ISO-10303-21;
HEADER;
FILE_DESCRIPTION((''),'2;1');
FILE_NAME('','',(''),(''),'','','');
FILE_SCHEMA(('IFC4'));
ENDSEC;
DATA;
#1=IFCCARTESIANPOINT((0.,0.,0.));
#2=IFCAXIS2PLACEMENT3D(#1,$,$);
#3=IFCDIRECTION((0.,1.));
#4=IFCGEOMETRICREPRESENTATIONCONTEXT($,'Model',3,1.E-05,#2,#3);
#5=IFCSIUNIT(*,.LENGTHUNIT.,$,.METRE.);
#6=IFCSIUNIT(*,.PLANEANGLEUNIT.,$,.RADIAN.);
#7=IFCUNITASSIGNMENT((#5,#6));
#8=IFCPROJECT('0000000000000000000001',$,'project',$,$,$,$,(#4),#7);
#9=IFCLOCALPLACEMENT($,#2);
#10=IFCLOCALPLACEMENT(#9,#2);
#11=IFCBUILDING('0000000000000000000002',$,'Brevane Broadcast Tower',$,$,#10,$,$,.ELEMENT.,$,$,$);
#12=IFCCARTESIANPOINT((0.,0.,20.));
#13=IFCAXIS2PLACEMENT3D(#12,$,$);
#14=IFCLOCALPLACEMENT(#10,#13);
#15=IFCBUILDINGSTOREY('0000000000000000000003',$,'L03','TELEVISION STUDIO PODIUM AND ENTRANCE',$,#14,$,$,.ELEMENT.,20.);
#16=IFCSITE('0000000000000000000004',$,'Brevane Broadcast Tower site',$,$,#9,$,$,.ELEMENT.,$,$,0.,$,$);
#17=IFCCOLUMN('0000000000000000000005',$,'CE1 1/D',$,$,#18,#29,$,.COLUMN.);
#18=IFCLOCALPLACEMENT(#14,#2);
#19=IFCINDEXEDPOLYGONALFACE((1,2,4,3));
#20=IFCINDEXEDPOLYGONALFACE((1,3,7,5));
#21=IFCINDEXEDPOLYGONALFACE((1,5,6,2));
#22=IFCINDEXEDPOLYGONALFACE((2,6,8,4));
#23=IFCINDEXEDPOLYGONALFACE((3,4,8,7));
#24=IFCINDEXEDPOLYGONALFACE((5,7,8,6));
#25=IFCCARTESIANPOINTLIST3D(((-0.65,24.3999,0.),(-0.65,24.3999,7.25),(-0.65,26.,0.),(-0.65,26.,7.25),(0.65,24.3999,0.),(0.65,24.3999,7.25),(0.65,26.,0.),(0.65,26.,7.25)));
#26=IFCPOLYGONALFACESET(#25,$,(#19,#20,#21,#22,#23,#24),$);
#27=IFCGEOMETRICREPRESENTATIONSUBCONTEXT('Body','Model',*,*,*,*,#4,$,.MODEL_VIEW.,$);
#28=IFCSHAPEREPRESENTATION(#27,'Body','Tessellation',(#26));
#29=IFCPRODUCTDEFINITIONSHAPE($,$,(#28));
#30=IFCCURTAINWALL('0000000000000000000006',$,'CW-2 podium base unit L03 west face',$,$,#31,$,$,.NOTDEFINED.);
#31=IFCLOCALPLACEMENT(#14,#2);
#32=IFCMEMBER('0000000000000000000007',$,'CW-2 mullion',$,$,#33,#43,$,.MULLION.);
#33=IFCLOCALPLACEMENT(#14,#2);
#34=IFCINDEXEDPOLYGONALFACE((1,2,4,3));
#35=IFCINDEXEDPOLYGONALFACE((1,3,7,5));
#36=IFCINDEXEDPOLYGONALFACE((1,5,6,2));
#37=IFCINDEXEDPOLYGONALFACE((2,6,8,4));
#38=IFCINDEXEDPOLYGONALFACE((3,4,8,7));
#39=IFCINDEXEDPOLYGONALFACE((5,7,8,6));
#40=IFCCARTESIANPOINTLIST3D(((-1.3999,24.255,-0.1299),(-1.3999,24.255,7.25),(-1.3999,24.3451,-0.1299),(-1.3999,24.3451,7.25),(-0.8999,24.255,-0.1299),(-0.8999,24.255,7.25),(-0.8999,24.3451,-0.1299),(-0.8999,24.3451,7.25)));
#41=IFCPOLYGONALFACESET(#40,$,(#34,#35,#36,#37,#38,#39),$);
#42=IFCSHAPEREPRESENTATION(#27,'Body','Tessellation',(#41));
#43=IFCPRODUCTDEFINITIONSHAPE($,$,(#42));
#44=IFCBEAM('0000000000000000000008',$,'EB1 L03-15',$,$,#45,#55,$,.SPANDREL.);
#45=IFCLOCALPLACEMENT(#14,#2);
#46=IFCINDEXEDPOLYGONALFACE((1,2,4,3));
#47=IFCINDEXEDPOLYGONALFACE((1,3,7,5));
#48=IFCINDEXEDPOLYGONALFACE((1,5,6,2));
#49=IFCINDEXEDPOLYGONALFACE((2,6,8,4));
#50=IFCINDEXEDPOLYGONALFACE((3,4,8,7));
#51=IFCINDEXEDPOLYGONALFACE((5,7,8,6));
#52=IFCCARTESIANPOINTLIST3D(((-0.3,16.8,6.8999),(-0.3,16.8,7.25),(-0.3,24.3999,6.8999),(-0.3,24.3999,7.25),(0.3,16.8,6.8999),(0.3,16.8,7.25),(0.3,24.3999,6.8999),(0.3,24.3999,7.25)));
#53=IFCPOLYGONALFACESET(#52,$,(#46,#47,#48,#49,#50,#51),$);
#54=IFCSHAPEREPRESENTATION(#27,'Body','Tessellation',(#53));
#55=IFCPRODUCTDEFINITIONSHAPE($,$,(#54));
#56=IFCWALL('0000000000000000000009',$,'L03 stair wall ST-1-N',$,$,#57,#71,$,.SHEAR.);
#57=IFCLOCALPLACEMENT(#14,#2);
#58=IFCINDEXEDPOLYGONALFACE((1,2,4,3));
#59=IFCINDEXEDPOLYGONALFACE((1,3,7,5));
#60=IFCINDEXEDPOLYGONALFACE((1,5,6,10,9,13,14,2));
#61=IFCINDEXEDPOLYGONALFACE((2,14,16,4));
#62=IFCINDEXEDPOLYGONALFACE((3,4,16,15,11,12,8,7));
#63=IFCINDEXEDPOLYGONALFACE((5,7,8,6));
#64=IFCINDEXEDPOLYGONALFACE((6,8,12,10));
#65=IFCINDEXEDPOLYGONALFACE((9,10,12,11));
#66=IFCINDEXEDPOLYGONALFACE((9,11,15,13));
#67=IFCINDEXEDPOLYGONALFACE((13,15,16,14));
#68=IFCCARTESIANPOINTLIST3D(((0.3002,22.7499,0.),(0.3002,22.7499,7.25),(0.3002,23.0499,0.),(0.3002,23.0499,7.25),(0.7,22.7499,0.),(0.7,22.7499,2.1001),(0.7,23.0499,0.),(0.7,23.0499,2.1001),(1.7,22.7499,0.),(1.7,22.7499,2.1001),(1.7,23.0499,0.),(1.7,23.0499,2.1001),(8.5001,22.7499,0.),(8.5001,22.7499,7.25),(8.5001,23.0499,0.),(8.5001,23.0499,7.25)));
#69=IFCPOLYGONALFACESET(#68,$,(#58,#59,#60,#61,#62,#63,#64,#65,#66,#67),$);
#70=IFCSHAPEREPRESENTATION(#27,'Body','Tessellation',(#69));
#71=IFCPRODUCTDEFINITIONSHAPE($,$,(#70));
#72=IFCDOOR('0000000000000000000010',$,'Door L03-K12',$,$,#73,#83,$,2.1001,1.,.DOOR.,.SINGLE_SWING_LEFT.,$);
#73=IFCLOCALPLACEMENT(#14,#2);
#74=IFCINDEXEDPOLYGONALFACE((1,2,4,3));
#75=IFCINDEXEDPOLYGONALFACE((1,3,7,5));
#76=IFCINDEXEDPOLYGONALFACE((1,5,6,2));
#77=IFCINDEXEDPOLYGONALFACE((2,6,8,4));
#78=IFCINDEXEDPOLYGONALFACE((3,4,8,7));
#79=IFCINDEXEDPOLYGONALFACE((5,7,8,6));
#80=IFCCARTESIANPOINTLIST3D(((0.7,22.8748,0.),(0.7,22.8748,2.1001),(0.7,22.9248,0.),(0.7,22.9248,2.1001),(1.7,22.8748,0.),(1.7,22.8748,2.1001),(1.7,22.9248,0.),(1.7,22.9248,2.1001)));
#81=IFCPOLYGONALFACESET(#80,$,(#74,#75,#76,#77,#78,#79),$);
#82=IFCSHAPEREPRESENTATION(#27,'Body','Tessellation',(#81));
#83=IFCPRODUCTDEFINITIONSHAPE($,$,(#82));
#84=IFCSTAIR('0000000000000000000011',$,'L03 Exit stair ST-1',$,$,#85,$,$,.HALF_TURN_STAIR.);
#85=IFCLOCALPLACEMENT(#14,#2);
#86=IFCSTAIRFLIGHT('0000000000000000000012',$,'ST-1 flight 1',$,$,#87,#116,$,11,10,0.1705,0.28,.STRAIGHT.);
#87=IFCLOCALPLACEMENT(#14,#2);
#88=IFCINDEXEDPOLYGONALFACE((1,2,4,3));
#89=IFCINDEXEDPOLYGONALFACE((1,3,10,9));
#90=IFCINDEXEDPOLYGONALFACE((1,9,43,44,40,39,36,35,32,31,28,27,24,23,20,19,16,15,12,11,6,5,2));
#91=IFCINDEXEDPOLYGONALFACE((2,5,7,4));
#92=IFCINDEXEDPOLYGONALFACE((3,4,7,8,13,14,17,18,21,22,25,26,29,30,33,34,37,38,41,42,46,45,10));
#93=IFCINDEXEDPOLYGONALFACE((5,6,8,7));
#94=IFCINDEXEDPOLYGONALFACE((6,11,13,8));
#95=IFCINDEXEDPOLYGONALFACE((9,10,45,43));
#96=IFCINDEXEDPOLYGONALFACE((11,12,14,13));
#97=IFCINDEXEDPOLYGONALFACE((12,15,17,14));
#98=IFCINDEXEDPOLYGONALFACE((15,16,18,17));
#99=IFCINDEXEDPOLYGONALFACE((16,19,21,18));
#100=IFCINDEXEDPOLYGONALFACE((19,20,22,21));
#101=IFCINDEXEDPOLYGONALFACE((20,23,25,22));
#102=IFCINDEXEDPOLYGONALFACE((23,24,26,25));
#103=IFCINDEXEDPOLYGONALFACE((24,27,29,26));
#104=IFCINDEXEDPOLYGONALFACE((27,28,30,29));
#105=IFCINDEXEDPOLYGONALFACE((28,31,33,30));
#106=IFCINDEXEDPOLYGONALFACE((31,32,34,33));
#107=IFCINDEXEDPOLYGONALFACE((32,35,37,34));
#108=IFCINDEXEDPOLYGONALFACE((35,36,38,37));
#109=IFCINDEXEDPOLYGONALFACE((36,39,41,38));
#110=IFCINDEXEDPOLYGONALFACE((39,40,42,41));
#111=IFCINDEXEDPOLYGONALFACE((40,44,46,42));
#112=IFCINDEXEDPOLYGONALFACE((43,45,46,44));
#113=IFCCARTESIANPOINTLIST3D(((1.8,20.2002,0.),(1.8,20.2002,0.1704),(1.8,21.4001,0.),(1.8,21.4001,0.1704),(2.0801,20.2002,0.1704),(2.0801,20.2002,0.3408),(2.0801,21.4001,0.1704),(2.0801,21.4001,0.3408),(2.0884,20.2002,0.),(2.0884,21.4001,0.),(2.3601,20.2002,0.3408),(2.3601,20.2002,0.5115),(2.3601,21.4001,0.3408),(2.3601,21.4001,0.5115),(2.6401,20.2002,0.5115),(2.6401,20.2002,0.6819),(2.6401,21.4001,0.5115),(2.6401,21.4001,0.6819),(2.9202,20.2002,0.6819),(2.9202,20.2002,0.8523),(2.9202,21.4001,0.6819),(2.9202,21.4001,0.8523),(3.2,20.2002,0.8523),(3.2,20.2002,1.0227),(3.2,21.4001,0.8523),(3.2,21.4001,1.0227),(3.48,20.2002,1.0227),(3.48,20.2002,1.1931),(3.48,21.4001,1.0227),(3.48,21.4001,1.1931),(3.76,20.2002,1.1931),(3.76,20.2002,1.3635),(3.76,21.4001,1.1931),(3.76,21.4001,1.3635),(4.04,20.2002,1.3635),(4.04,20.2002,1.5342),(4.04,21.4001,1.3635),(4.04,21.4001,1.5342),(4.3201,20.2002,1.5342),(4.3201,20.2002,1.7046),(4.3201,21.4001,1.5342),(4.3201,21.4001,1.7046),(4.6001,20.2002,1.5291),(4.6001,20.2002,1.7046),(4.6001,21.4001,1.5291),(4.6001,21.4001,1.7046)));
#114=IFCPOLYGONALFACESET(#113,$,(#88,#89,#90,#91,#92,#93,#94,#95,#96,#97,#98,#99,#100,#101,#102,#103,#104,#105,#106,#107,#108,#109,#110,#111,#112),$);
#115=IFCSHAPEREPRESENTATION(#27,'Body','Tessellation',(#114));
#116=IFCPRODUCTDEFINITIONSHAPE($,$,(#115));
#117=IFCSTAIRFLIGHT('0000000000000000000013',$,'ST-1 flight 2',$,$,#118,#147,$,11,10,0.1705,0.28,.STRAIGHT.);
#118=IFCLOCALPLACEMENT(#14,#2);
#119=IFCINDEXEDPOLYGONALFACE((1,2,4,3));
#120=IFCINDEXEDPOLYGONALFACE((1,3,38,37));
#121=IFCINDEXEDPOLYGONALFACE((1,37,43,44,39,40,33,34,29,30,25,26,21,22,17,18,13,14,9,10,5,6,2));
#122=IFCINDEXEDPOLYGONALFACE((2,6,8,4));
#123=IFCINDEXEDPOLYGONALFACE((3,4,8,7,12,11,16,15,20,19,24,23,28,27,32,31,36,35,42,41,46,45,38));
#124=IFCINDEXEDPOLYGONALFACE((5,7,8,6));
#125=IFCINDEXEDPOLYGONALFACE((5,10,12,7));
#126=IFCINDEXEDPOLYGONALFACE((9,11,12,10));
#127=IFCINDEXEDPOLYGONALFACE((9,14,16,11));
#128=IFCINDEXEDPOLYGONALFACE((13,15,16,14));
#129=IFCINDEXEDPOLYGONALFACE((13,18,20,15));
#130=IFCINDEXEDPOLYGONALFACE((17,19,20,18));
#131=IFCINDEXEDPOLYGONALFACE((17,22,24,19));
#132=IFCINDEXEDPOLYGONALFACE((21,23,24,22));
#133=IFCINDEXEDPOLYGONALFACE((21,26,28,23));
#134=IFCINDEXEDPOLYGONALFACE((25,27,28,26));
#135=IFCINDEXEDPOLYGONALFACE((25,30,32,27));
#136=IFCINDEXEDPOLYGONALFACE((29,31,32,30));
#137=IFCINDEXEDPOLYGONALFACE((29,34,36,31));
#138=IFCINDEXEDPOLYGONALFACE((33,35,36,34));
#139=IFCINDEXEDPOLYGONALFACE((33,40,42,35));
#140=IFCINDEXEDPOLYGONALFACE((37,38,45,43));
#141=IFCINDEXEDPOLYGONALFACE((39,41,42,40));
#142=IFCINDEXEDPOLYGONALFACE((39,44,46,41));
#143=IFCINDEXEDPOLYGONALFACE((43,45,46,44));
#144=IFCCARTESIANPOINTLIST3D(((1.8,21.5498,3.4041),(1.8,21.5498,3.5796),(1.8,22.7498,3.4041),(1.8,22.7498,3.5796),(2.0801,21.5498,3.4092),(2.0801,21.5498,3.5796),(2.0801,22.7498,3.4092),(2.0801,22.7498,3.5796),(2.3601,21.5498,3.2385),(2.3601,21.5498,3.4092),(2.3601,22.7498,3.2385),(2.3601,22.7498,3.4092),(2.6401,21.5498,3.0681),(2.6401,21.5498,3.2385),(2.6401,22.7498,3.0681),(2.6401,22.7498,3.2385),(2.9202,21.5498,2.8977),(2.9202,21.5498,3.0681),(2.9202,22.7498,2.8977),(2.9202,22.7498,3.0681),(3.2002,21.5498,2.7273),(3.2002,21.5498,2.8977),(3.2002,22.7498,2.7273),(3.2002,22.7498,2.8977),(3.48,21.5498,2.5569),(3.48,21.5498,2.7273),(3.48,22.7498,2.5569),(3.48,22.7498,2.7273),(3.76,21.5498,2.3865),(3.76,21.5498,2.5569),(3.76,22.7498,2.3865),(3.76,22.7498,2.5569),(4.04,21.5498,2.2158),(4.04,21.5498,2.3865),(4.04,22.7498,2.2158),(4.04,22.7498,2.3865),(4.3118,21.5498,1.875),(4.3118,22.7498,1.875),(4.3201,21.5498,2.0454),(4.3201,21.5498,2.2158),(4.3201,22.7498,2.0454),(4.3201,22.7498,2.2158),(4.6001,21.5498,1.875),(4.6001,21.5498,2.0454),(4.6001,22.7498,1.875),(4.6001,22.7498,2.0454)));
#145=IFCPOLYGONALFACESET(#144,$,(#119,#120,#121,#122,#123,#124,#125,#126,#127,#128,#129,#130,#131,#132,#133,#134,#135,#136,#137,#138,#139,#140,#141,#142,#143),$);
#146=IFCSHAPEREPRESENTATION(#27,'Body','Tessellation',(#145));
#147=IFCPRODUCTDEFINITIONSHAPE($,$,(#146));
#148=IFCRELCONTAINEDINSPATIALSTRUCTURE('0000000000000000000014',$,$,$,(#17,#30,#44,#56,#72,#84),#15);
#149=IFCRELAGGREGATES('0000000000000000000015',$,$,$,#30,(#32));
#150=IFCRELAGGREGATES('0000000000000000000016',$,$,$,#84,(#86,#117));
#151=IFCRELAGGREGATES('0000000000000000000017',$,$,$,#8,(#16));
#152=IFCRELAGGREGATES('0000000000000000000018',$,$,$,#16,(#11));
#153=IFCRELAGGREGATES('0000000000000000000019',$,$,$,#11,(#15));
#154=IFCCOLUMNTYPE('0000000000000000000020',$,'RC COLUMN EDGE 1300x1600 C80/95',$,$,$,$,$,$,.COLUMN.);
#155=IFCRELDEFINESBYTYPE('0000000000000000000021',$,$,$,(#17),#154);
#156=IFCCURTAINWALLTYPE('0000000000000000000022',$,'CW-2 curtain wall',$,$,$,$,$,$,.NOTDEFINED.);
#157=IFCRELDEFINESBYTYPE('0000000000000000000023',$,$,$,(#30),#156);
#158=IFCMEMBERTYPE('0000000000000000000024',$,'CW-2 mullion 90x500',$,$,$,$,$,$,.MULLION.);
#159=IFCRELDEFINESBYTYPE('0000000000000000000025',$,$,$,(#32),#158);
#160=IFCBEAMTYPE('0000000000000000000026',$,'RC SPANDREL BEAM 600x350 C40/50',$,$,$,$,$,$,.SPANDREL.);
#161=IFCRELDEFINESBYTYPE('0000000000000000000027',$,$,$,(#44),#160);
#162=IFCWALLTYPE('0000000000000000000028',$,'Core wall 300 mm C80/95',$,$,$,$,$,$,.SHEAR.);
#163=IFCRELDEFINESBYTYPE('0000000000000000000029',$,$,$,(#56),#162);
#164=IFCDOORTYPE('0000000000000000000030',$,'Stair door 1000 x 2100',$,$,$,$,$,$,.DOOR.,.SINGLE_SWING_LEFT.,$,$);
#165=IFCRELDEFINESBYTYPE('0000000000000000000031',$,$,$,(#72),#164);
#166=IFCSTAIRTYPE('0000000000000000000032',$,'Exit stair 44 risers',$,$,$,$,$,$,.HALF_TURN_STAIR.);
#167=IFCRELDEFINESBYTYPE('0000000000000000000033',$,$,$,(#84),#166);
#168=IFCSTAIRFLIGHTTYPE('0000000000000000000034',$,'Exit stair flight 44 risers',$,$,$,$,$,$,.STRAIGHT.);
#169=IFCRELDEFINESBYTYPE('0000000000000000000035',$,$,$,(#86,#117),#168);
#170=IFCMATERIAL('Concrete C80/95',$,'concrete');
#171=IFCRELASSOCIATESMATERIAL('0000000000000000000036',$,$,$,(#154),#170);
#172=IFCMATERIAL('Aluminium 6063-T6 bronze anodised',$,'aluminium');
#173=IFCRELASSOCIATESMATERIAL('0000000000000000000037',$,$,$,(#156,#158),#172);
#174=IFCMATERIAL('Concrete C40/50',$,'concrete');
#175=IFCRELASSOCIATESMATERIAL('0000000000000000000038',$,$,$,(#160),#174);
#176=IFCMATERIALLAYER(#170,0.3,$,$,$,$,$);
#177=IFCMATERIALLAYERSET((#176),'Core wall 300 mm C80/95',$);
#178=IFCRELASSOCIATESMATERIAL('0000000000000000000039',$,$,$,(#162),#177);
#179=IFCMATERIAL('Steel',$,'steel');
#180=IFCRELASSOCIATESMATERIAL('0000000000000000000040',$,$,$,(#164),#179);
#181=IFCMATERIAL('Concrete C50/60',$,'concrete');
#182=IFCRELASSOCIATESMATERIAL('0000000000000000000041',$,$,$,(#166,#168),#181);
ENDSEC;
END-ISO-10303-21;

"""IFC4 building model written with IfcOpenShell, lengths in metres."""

from ifc_helpers import new_model, si_unit, direction, frame, frame_2d, origin, origin_2d, place, context, subcontext, project, spatial, polyline, rectangle, outline, extrude, material, layer, layer_set, material_profile, profile_set, type_object, element, fill, aggregate, save


model = new_model("IFC4")

# Units and contexts
model_context = context("Model", 3, precision=1e-05, world=origin(), true_north=direction((0.0, 1.0)))
body_context = subcontext(model_context, "Body", "Model", "MODEL_VIEW")
ifc_project = project(units=[si_unit("LENGTHUNIT", "METRE"), si_unit("PLANEANGLEUNIT", "RADIAN")], contexts=[model_context])

# Site, building, storey
site_placement = place(None, origin())
site = spatial("IfcSite", under=ifc_project, at=site_placement, Name="Brevane Broadcast Tower site", CompositionType="ELEMENT", RefElevation=0.0)
building_placement = place(site_placement, origin())
building = spatial("IfcBuilding", under=site, at=building_placement, Name="Brevane Broadcast Tower", CompositionType="ELEMENT")
storey_placement = place(building_placement, frame((0.0, 0.0, 20.0)))
storey = spatial("IfcBuildingStorey", under=building, at=storey_placement, Name="L03", Description="TELEVISION STUDIO PODIUM AND ENTRANCE", CompositionType="ELEMENT", Elevation=20.0)

# Column
ifc_material_1 = material(Name="Concrete C80/95", Category="concrete")
ifc_material_profile_1 = material_profile(ifc_material_1, rectangle(XDim=1.3, YDim=1.6001, at=origin_2d()), Name="RC 1300x1600")
ifc_profile_set_1 = profile_set([ifc_material_profile_1], Name="Concrete C80/95")
column_type = type_object("IfcColumnType", Name="RC COLUMN EDGE 1300x1600 C80/95", PredefinedType="COLUMN", material=ifc_profile_set_1)
column_placement = place(storey_placement, frame((0.0, 25.2, 0.0), z_axis=(0.0, 0.0, 1.0), x_axis=(1.0, 0.0, 0.0)))
element("IfcColumn", 1, at=column_placement, inside=storey, type_object=column_type, Name="CE1 1/D", PredefinedType="COLUMN", context=body_context, shape_type="SweptSolid", body=[
    extrude(rectangle(XDim=1.3, YDim=1.6001, at=origin_2d()), origin(), (0.0, 0.0, 1.0), 7.25),
])

# Curtain wall, member
ifc_material_2 = material(Name="Aluminium 6063-T6 bronze anodised", Category="aluminium")
curtain_wall_type = type_object("IfcCurtainWallType", Name="CW-2 curtain wall", PredefinedType="NOTDEFINED", material=ifc_material_2)
curtain_wall_placement = place(storey_placement, origin())
curtain_wall = element("IfcCurtainWall", 2, at=curtain_wall_placement, inside=storey, type_object=curtain_wall_type, Name="CW-2 podium base unit L03 west face", PredefinedType="NOTDEFINED")
ifc_material_profile_2 = material_profile(ifc_material_2, rectangle(XDim=0.5, YDim=0.0901, at=origin_2d()), Name="RECT 90x500")
ifc_profile_set_2 = profile_set([ifc_material_profile_2], Name="Aluminium 6063-T6 bronze anodised")
member_type = type_object("IfcMemberType", Name="CW-2 mullion 90x500", PredefinedType="MULLION", material=ifc_profile_set_2)
member_placement = place(storey_placement, frame((-1.1499, 24.3, -0.1299), z_axis=(0.0, 0.0, 1.0), x_axis=(1.0, 0.0, 0.0)))
member = element("IfcMember", 3, at=member_placement, type_object=member_type, Name="CW-2 mullion", PredefinedType="MULLION", context=body_context, shape_type="SweptSolid", body=[
    extrude(rectangle(XDim=0.5, YDim=0.0901, at=origin_2d()), origin(), (0.0, 0.0, 1.0), 7.3799),
])
aggregate(curtain_wall, [member])

# Beam
ifc_material_3 = material(Name="Concrete C40/50", Category="concrete")
ifc_material_profile_3 = material_profile(ifc_material_3, rectangle(XDim=0.6001, YDim=0.3501, at=origin_2d()), Name="RC 600x350")
ifc_profile_set_3 = profile_set([ifc_material_profile_3], Name="Concrete C40/50")
beam_type = type_object("IfcBeamType", Name="RC SPANDREL BEAM 600x350 C40/50", PredefinedType="SPANDREL", material=ifc_profile_set_3)
beam_placement = place(storey_placement, frame((0.0, 24.3999, 7.075), z_axis=(0.0, -1.0, 0.0), x_axis=(1.0, 0.0, 0.0)))
element("IfcBeam", 4, at=beam_placement, inside=storey, type_object=beam_type, Name="EB1 L03-15", PredefinedType="SPANDREL", context=body_context, shape_type="SweptSolid", body=[
    extrude(rectangle(XDim=0.6001, YDim=0.3501, at=origin_2d()), origin(), (0.0, 0.0, 1.0), 7.5999),
])

# Wall, opening, door
ifc_layer = layer(ifc_material_1, 0.3)
ifc_layer_set = layer_set([ifc_layer], Name="Core wall 300 mm C80/95")
wall_type = type_object("IfcWallType", Name="Core wall 300 mm C80/95", PredefinedType="SHEAR", material=ifc_layer_set)
wall_placement = place(storey_placement, frame((0.3, 22.8999, 0.0), z_axis=(0.0, 0.0, 1.0), x_axis=(1.0, 0.0, 0.0)))
wall = element("IfcWall", 5, at=wall_placement, inside=storey, type_object=wall_type, Name="L03 stair wall ST-1-N", PredefinedType="SHEAR", context=body_context, shape_type="SweptSolid", body=[
    extrude(rectangle(XDim=8.2, YDim=0.3, at=frame_2d((4.1001, 0.0))), origin(), (0.0, 0.0, 1.0), 7.25),
])
opening_placement = place(wall_placement, frame((0.3999, 0.0, 0.0)))
opening = element("IfcOpeningElement", 6, at=opening_placement, cuts=wall, PredefinedType="OPENING", context=body_context, shape_type="SweptSolid", body=[
    extrude(rectangle(XDim=1.0, YDim=2.1001, at=frame_2d((0.5, 1.05))), frame((0.0, 0.1599, 0.0), z_axis=(0.0, -1.0, 0.0), x_axis=(1.0, 0.0, 0.0)), (0.0, 0.0, 1.0), 0.3201),
])
ifc_material_4 = material(Name="Steel", Category="steel")
door_type = type_object("IfcDoorType", Name="Stair door 1000 x 2100", OperationType="SINGLE_SWING_LEFT", PredefinedType="DOOR", material=ifc_material_4)
door_placement = place(opening_placement, origin())
door = element("IfcDoor", 7, at=door_placement, inside=storey, type_object=door_type, Name="Door L03-K12", OperationType="SINGLE_SWING_LEFT", OverallHeight=2.1001, OverallWidth=1.0, PredefinedType="DOOR", context=body_context, shape_type="SweptSolid", body=[
    extrude(rectangle(XDim=1.0, YDim=2.1001, at=frame_2d((0.5, 1.05))), frame((0.0, 0.0249, 0.0), z_axis=(0.0, -1.0, 0.0), x_axis=(1.0, 0.0, 0.0)), (0.0, 0.0, 1.0), 0.05),
])
fill(opening, door)

# Stair, stair flights
ifc_material_5 = material(Name="Concrete C50/60", Category="concrete")
stair_type = type_object("IfcStairType", Name="Exit stair 44 risers", PredefinedType="HALF_TURN_STAIR", material=ifc_material_5)
stair_placement = place(storey_placement, origin())
stair = element("IfcStair", 8, at=stair_placement, inside=storey, type_object=stair_type, Name="L03 Exit stair ST-1", PredefinedType="HALF_TURN_STAIR")
stair_flight_type = type_object("IfcStairFlightType", Name="Exit stair flight 44 risers", PredefinedType="STRAIGHT", material=ifc_material_5)
stair_flight_1_placement = place(storey_placement, frame((1.8, 20.8, 0.0), z_axis=(0.0, 0.0, 1.0), x_axis=(1.0, 0.0, 0.0)))
stair_flight_1 = element("IfcStairFlight", 9, at=stair_flight_1_placement, type_object=stair_flight_type, Name="ST-1 flight 1", NumberOfRisers=11, NumberOfTreads=10, PredefinedType="STRAIGHT", RiserHeight=0.1705, TreadLength=0.28, context=body_context, shape_type="SweptSolid", body=[
    extrude(outline(polyline([(0.0, 0.0), (0.0, 0.1704), (0.28, 0.1704), (0.28, 0.3408), (0.5601, 0.3408), (0.5601, 0.5115), (0.8401, 0.5115), (0.8401, 0.6819), (1.1201, 0.6819), (1.1201, 0.8523), (1.3999, 0.8523), (1.3999, 1.0227), (1.6799, 1.0227), (1.6799, 1.1931), (1.96, 1.1931), (1.96, 1.3635), (2.24, 1.3635), (2.24, 1.5342), (2.52, 1.5342), (2.52, 1.7046), (2.8, 1.7046), (2.8, 1.875), (2.8, 1.5291), (0.2883, 0.0), (0.0, 0.0)])), frame((0.0, 0.6001, 0.0), z_axis=(0.0, -1.0, 0.0), x_axis=(1.0, 0.0, 0.0)), (0.0, 0.0, 1.0), 1.2),
])
stair_flight_2_placement = place(storey_placement, frame((4.6001, 22.1499, 1.875), z_axis=(0.0, 0.0, 1.0), x_axis=(-1.0, 0.0, 0.0)))
stair_flight_2 = element("IfcStairFlight", 10, at=stair_flight_2_placement, type_object=stair_flight_type, Name="ST-1 flight 2", NumberOfRisers=11, NumberOfTreads=10, PredefinedType="STRAIGHT", RiserHeight=0.1705, TreadLength=0.28, context=body_context, shape_type="SweptSolid", body=[
    extrude(outline(polyline([(0.0, 0.0), (0.0, 0.1704), (0.28, 0.1704), (0.28, 0.3408), (0.5601, 0.3408), (0.5601, 0.5115), (0.8401, 0.5115), (0.8401, 0.6819), (1.1201, 0.6819), (1.1201, 0.8523), (1.3999, 0.8523), (1.3999, 1.0227), (1.6799, 1.0227), (1.6799, 1.1931), (1.96, 1.1931), (1.96, 1.3635), (2.24, 1.3635), (2.24, 1.5342), (2.52, 1.5342), (2.52, 1.7046), (2.8, 1.7046), (2.8, 1.875), (2.8, 1.5291), (0.2883, 0.0), (0.0, 0.0)])), frame((0.0, 0.6001, 0.0), z_axis=(0.0, -1.0, 0.0), x_axis=(1.0, 0.0, 0.0)), (0.0, 0.0, 1.0), 1.2),
])
aggregate(stair, [stair_flight_1, stair_flight_2])

save(model, "model.ifc")
